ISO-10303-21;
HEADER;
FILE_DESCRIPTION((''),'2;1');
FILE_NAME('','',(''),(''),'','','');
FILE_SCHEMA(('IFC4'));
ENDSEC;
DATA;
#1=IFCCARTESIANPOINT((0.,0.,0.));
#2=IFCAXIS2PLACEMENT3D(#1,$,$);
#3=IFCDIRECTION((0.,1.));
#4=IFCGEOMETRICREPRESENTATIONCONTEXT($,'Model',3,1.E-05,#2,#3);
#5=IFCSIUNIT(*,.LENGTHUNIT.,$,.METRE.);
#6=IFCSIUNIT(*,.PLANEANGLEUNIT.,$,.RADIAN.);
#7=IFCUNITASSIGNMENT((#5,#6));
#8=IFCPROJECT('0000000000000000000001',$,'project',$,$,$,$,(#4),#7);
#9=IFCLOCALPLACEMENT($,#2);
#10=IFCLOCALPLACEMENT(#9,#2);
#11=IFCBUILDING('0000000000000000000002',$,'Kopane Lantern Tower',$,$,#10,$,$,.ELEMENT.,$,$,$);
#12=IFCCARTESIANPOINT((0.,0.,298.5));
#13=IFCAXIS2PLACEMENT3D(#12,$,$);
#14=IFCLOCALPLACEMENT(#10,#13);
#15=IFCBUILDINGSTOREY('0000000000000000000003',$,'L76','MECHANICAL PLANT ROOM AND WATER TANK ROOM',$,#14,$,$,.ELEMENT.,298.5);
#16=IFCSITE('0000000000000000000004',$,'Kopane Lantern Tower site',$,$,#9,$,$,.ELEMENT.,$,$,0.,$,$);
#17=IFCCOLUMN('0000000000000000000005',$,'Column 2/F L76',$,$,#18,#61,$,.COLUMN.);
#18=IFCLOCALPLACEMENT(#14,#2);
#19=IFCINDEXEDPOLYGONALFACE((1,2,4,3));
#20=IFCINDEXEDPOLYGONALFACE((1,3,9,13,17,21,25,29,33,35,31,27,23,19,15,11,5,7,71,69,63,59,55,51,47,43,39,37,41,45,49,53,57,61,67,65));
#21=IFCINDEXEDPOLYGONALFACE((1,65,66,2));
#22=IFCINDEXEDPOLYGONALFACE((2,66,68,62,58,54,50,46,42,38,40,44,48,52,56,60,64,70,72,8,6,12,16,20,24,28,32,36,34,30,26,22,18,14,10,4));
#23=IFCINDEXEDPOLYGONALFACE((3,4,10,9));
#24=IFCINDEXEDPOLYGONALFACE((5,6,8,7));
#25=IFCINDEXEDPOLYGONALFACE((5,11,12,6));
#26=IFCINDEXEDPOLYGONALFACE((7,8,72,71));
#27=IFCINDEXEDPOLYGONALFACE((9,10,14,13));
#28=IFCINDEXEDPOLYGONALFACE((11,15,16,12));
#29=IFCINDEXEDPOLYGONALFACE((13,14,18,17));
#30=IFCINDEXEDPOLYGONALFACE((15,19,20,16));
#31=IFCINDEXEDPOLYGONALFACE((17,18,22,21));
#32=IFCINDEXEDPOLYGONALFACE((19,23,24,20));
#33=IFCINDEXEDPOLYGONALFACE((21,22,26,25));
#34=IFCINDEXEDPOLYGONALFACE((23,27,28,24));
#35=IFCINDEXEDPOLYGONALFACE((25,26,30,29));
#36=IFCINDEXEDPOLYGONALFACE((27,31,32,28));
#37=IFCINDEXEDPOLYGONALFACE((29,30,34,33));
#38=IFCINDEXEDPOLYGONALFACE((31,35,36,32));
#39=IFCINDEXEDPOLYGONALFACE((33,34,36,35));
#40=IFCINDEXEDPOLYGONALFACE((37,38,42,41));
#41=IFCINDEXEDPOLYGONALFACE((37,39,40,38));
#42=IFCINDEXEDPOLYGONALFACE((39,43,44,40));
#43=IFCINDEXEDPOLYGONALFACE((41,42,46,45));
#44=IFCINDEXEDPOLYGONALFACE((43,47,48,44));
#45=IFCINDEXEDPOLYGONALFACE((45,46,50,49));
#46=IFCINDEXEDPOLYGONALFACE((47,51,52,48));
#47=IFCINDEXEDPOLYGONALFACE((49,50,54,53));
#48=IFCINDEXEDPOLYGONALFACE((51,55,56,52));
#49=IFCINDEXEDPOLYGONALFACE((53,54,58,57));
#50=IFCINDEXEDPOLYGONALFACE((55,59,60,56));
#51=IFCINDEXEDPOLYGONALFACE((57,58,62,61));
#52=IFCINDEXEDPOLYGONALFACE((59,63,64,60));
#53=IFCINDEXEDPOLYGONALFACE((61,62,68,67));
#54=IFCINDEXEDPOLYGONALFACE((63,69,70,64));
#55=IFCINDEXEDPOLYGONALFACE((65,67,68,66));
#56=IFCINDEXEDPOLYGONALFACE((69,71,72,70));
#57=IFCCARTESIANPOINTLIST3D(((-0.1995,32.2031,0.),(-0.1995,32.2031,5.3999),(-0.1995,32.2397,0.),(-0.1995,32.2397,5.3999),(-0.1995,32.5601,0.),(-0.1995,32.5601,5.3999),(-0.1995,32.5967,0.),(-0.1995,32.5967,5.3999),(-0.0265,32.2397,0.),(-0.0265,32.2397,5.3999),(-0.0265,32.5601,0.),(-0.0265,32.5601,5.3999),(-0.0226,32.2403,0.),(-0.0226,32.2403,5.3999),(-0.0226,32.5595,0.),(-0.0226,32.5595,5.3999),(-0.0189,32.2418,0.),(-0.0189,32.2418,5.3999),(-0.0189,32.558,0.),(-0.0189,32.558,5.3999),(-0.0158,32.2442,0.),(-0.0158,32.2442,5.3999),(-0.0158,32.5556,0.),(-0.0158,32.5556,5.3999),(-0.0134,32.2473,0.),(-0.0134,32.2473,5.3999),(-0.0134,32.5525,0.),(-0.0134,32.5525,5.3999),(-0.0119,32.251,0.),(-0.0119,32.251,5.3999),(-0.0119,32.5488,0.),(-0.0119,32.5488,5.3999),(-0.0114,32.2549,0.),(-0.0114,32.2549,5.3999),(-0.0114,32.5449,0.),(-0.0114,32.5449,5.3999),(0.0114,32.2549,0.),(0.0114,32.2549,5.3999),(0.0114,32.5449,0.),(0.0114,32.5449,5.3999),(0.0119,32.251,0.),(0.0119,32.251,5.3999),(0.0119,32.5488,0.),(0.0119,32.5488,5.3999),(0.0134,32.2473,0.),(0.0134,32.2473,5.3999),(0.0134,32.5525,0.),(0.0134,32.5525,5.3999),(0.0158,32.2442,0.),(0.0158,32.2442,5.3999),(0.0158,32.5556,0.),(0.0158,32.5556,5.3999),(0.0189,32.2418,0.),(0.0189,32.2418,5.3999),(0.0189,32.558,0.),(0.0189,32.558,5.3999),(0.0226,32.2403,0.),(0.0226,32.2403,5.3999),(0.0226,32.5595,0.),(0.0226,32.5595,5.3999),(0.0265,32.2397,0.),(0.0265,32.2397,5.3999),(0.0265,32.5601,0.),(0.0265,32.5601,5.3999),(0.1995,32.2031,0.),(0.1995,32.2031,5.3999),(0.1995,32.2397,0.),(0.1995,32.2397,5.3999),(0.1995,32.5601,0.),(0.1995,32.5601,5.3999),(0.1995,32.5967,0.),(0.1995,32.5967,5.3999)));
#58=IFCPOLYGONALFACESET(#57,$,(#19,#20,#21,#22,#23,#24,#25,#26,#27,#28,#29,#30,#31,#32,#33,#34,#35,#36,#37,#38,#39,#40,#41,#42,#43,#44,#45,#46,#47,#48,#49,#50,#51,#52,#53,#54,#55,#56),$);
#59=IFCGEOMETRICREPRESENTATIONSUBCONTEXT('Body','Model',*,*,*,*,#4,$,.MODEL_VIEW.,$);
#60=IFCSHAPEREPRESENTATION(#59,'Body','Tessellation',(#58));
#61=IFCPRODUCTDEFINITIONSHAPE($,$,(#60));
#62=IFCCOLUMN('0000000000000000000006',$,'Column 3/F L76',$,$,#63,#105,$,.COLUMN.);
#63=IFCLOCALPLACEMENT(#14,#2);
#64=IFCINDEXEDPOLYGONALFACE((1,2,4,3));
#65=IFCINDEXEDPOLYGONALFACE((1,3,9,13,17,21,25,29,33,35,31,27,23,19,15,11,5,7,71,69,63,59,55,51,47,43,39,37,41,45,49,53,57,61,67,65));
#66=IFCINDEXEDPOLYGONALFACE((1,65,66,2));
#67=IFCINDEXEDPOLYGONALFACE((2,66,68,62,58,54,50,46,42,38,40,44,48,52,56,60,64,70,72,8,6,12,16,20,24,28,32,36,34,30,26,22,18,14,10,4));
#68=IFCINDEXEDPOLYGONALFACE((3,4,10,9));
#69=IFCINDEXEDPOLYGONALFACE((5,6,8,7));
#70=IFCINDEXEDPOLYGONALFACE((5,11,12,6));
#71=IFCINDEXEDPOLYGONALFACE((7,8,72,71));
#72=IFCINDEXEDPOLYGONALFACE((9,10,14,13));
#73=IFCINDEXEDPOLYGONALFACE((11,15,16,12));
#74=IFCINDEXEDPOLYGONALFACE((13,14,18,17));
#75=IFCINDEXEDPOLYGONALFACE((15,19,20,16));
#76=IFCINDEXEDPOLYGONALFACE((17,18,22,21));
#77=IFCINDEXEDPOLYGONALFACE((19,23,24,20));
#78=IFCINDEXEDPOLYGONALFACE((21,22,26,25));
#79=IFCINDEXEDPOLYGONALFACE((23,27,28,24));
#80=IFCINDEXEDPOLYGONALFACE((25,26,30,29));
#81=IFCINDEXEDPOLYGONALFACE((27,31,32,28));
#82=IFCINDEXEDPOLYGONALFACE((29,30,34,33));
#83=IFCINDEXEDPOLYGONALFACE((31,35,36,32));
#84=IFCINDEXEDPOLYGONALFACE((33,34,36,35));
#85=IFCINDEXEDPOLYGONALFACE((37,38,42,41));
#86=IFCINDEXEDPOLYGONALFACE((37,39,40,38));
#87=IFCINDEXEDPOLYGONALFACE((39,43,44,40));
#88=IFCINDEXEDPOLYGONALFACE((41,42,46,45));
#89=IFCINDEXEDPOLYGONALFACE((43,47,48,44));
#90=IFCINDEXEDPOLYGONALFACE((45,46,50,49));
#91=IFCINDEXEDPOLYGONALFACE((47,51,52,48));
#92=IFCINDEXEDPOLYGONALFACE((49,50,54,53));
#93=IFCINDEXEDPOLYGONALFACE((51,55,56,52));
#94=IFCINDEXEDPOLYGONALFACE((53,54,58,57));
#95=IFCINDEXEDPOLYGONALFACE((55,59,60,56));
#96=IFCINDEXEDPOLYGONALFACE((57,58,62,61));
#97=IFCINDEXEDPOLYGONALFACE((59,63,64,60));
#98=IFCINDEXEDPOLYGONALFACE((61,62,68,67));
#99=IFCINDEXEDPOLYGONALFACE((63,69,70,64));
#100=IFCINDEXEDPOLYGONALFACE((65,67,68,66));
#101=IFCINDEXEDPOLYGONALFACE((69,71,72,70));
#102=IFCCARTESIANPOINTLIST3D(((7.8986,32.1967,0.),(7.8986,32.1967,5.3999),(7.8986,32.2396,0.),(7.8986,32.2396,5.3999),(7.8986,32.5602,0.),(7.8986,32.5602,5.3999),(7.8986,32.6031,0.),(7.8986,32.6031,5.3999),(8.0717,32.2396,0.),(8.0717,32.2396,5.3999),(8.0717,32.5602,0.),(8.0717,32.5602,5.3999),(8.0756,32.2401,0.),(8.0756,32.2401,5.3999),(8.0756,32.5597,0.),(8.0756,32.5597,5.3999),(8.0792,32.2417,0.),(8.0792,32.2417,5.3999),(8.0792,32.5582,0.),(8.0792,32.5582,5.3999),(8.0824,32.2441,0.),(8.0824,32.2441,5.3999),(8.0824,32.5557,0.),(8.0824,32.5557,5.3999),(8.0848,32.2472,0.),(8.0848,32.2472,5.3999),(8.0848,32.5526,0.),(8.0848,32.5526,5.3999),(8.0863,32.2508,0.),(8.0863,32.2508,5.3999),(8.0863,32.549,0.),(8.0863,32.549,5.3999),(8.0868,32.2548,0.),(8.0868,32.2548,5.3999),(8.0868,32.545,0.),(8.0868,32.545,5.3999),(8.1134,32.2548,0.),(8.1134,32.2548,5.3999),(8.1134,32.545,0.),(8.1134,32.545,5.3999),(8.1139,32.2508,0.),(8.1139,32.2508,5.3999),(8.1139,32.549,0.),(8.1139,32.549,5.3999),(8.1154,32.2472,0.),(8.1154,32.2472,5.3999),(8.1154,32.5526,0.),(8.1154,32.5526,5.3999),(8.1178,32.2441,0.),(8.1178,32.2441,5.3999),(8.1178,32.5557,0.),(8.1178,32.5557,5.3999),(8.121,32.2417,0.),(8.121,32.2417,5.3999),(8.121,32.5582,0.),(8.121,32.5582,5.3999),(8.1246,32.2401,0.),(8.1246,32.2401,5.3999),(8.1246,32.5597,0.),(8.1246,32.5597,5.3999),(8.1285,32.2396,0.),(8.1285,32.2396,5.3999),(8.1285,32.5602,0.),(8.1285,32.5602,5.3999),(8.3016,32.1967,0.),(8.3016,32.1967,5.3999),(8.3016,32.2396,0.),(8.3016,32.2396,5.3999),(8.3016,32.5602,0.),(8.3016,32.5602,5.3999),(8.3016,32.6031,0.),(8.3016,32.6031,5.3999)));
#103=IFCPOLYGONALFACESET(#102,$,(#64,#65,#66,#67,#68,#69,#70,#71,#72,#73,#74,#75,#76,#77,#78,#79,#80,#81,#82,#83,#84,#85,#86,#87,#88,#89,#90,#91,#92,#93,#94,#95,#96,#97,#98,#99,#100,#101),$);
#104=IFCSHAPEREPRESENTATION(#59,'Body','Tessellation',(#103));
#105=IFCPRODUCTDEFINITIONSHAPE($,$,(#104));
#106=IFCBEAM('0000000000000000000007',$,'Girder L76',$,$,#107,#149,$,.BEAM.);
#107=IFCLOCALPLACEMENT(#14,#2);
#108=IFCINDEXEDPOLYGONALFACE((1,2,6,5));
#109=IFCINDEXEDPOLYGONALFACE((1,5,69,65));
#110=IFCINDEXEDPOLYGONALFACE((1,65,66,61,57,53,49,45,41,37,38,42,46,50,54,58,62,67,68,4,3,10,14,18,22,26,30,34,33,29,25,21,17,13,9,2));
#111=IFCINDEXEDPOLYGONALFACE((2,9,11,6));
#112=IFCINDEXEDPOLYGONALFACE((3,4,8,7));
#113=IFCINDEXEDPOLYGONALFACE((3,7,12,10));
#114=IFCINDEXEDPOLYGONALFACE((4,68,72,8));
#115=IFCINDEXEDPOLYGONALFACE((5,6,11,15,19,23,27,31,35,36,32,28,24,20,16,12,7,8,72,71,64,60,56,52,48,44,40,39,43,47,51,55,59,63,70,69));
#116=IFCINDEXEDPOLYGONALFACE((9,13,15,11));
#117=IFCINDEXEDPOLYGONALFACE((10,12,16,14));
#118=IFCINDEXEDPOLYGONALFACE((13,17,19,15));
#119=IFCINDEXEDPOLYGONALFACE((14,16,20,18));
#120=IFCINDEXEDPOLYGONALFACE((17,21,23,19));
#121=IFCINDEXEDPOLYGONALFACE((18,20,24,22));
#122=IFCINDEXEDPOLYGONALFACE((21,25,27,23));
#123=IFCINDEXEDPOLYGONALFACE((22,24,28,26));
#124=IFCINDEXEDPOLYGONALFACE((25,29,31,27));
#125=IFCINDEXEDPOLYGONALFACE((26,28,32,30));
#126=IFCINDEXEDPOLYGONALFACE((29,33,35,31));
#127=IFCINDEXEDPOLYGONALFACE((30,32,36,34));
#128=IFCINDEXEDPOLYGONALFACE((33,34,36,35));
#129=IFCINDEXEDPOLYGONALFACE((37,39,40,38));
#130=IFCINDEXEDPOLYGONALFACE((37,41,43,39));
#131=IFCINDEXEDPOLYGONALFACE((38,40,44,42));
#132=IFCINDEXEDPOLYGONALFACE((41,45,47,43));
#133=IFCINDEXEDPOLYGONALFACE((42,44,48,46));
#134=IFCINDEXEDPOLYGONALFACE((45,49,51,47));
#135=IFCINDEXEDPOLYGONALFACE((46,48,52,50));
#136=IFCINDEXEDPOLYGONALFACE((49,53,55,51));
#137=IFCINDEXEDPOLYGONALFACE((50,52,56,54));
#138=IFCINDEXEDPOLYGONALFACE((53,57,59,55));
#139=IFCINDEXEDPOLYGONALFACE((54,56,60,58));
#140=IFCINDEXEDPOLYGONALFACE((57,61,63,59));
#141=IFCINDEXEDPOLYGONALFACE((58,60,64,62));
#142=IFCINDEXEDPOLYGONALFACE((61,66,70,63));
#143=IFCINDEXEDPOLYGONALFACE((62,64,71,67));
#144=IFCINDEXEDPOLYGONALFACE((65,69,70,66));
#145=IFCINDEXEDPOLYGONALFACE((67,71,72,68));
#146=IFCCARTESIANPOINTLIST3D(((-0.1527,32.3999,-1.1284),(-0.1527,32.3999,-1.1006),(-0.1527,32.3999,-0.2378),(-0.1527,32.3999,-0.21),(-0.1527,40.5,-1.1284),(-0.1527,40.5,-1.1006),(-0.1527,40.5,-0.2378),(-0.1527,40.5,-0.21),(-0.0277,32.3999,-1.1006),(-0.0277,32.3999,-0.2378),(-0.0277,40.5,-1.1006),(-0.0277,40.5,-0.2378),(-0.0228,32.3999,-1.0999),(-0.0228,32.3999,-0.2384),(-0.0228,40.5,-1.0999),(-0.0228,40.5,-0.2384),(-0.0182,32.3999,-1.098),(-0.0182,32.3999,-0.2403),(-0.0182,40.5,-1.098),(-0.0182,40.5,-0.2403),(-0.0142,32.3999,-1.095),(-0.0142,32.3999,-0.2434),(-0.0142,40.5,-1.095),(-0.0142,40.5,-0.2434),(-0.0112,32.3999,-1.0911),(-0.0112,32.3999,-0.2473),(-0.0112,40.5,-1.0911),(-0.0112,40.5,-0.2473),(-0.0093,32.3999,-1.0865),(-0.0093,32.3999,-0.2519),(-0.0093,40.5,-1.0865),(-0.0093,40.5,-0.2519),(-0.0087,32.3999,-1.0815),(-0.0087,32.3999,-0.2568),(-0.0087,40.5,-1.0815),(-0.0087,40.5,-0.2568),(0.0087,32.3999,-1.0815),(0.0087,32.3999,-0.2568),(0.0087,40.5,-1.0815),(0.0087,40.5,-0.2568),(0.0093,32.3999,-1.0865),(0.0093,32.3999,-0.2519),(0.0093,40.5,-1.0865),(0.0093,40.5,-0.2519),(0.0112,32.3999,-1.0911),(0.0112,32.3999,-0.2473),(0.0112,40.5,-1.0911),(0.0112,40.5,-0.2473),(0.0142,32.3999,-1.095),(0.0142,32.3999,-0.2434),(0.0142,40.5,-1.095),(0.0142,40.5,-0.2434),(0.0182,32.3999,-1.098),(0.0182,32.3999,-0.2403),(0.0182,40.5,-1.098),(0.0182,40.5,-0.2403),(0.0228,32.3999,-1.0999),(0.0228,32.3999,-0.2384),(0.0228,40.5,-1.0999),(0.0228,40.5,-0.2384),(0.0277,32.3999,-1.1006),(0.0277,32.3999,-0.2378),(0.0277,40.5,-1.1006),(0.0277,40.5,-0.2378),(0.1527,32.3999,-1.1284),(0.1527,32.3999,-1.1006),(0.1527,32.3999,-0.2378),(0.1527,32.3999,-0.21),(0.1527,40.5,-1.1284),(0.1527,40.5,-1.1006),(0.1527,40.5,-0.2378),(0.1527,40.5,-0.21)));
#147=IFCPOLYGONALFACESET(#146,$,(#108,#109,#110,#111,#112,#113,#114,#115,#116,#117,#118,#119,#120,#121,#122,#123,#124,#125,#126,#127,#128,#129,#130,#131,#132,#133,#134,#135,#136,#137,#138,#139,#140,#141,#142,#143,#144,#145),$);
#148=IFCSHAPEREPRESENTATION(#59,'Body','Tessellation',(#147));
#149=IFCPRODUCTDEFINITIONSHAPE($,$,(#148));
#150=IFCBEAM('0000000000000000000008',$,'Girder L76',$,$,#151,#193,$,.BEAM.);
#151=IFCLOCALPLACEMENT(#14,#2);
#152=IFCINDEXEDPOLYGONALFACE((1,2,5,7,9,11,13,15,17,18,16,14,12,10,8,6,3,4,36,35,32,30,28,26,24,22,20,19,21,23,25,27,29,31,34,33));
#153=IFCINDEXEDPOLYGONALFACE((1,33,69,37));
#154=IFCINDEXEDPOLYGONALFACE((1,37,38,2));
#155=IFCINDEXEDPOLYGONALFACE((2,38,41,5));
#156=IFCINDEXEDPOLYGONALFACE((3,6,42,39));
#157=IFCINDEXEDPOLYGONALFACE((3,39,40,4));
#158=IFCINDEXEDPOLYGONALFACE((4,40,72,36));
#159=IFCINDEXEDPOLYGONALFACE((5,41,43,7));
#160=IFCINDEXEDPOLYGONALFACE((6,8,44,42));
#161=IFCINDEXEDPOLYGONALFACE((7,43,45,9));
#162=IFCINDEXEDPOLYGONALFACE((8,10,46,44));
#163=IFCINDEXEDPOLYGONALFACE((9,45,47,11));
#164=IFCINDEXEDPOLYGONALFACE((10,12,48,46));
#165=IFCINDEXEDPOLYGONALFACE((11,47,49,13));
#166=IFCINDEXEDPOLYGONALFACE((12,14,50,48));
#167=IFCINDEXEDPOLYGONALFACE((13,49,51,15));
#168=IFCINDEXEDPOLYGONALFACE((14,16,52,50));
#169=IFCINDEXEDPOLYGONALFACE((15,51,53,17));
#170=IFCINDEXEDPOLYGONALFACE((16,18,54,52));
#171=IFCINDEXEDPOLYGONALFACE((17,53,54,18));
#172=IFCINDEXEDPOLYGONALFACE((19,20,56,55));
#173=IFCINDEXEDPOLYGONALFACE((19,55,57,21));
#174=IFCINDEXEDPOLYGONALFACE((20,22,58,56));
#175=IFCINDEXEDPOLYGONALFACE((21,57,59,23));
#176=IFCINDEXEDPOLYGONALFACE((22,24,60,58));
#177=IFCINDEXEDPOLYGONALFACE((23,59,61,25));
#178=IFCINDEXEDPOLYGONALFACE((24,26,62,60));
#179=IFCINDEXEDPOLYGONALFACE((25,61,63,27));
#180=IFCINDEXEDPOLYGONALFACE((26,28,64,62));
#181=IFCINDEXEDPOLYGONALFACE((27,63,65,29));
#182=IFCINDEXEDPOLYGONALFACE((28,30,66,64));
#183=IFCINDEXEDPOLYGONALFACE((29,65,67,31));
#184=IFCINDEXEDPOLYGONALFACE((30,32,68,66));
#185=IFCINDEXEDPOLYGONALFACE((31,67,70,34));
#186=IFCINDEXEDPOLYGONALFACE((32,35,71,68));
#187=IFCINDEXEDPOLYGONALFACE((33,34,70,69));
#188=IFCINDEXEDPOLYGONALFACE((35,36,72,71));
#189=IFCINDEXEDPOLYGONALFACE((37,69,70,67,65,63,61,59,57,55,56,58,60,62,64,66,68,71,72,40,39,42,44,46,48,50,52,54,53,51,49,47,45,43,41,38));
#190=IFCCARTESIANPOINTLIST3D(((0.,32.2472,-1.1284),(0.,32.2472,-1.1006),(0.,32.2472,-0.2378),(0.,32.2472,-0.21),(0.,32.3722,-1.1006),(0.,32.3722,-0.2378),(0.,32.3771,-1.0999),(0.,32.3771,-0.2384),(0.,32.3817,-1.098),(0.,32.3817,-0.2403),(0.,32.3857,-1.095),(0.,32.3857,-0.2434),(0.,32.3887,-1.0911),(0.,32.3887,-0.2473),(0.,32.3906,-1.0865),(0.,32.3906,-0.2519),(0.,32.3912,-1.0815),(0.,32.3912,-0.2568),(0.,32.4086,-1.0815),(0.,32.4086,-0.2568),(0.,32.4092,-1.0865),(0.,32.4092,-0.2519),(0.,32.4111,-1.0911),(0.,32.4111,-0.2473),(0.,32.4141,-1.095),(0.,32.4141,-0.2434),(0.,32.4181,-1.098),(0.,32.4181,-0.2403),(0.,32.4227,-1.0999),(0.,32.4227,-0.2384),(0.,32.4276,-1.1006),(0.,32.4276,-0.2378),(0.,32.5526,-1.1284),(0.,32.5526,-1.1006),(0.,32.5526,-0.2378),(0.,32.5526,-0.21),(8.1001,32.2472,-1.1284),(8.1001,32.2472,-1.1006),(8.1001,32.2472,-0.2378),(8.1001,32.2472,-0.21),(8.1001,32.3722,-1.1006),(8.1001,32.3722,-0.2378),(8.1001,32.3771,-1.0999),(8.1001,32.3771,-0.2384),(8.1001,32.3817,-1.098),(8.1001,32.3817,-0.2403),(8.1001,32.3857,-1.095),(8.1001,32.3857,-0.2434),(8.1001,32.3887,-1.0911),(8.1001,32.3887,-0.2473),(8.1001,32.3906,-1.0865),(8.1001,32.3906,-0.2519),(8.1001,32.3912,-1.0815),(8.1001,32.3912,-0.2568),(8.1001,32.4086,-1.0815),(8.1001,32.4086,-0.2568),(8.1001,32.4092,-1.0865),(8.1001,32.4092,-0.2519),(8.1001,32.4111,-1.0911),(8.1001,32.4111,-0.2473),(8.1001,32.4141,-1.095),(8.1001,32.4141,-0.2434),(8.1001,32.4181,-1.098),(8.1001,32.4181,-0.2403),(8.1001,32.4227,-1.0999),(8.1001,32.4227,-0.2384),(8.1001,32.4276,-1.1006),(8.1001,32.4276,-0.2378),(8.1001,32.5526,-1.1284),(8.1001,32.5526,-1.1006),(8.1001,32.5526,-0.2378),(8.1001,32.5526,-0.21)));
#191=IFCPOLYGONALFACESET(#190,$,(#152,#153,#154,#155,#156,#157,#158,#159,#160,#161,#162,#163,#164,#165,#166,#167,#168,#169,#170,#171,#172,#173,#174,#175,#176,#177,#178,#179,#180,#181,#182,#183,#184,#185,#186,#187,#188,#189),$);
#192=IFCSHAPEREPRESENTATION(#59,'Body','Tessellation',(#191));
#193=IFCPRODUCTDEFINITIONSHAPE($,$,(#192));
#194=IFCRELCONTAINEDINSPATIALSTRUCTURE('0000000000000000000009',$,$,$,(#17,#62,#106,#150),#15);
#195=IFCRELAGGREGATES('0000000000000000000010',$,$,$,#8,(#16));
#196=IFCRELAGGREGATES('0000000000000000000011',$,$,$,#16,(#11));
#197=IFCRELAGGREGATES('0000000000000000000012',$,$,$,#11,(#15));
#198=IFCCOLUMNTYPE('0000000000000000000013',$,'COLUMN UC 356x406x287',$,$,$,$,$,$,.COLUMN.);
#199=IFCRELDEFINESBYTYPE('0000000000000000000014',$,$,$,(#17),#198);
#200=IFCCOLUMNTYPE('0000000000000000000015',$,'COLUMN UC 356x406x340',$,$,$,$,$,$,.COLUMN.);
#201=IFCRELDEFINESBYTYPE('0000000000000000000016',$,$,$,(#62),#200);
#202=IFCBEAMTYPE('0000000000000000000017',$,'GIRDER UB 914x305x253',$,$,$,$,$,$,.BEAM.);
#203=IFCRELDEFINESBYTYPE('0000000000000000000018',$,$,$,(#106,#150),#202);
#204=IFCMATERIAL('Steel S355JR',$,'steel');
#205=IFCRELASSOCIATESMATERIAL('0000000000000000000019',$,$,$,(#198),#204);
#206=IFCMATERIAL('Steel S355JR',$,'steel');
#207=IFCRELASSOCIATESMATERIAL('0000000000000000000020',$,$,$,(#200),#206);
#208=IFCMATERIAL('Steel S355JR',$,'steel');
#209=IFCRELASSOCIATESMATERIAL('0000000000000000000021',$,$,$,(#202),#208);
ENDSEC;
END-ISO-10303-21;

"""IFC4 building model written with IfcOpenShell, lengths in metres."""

from ifc_helpers import new_model, si_unit, direction, frame, origin, origin_2d, place, context, subcontext, project, spatial, i_section, extrude, material, material_profile, profile_set, type_object, element, save


model = new_model("IFC4")

# Units and contexts
model_context = context("Model", 3, precision=1e-05, world=origin(), true_north=direction((0.0, 1.0)))
body_context = subcontext(model_context, "Body", "Model", "MODEL_VIEW")
ifc_project = project(units=[si_unit("LENGTHUNIT", "METRE"), si_unit("PLANEANGLEUNIT", "RADIAN")], contexts=[model_context])

# Site, building, storey
site_placement = place(None, origin())
site = spatial("IfcSite", under=ifc_project, at=site_placement, Name="Kopane Lantern Tower site", CompositionType="ELEMENT", RefElevation=0.0)
building_placement = place(site_placement, origin())
building = spatial("IfcBuilding", under=site, at=building_placement, Name="Kopane Lantern Tower", CompositionType="ELEMENT")
storey_placement = place(building_placement, frame((0.0, 0.0, 298.5)))
storey = spatial("IfcBuildingStorey", under=building, at=storey_placement, Name="L76", Description="MECHANICAL PLANT ROOM AND WATER TANK ROOM", CompositionType="ELEMENT", Elevation=298.5)

# Columns
ifc_material_1 = material(Name="Steel S355JR", Category="steel")
ifc_material_profile_1 = material_profile(ifc_material_1, i_section(OverallWidth=0.3989, OverallDepth=0.3936, WebThickness=0.0227, FlangeThickness=0.0366, FilletRadius=0.0151, at=origin_2d()), Name="UC 356x406x287")
ifc_profile_set_1 = profile_set([ifc_material_profile_1], Name="Steel S355JR")
column_type_1 = type_object("IfcColumnType", Name="COLUMN UC 356x406x287", PredefinedType="COLUMN", material=ifc_profile_set_1)
column_1_placement = place(storey_placement, frame((0.0, 32.3999, 0.0), z_axis=(0.0, 0.0, 1.0), x_axis=(1.0, 0.0, 0.0)))
element("IfcColumn", 1, at=column_1_placement, inside=storey, type_object=column_type_1, Name="Column 2/F L76", PredefinedType="COLUMN", context=body_context, shape_type="SweptSolid", body=[
    extrude(i_section(OverallWidth=0.3989, OverallDepth=0.3936, WebThickness=0.0227, FlangeThickness=0.0366, FilletRadius=0.0151, at=origin_2d()), origin(), (0.0, 0.0, 1.0), 5.3999),
])
ifc_material_2 = material(Name="Steel S355JR", Category="steel")
ifc_material_profile_2 = material_profile(ifc_material_2, i_section(OverallWidth=0.4031, OverallDepth=0.4065, WebThickness=0.0266, FlangeThickness=0.043, FilletRadius=0.0151, at=origin_2d()), Name="UC 356x406x340")
ifc_profile_set_2 = profile_set([ifc_material_profile_2], Name="Steel S355JR")
column_type_2 = type_object("IfcColumnType", Name="COLUMN UC 356x406x340", PredefinedType="COLUMN", material=ifc_profile_set_2)
column_2_placement = place(storey_placement, frame((8.1001, 32.3999, 0.0), z_axis=(0.0, 0.0, 1.0), x_axis=(1.0, 0.0, 0.0)))
element("IfcColumn", 2, at=column_2_placement, inside=storey, type_object=column_type_2, Name="Column 3/F L76", PredefinedType="COLUMN", context=body_context, shape_type="SweptSolid", body=[
    extrude(i_section(OverallWidth=0.4031, OverallDepth=0.4065, WebThickness=0.0266, FlangeThickness=0.043, FilletRadius=0.0151, at=origin_2d()), origin(), (0.0, 0.0, 1.0), 5.3999),
])

# Beams
ifc_material_3 = material(Name="Steel S355JR", Category="steel")
ifc_material_profile_3 = material_profile(ifc_material_3, i_section(OverallWidth=0.3054, OverallDepth=0.9185, WebThickness=0.0173, FlangeThickness=0.0278, FilletRadius=0.019, at=origin_2d()), Name="UB 914x305x253")
ifc_profile_set_3 = profile_set([ifc_material_profile_3], Name="Steel S355JR")
beam_type = type_object("IfcBeamType", Name="GIRDER UB 914x305x253", PredefinedType="BEAM", material=ifc_profile_set_3)
for number, where, z_axis, x_axis, name in (
    (3, (0.0, 32.3999, -0.6692), (0.0, 1.0, 0.0), (-1.0, 0.0, 0.0), "Girder L76"),
    (4, (0.0, 32.3999, -0.6692), (1.0, 0.0, 0.0), (0.0, 1.0, 0.0), "Girder L76"),
):
    element("IfcBeam", number, at=place(storey_placement, frame(where, z_axis=z_axis, x_axis=x_axis)), inside=storey, type_object=beam_type, Name=name, PredefinedType="BEAM", context=body_context, shape_type="SweptSolid", body=[
        extrude(i_section(OverallWidth=0.3054, OverallDepth=0.9185, WebThickness=0.0173, FlangeThickness=0.0278, FilletRadius=0.019, at=origin_2d()), origin(), (0.0, 0.0, 1.0), 8.1001),
    ])

save(model, "model.ifc")
